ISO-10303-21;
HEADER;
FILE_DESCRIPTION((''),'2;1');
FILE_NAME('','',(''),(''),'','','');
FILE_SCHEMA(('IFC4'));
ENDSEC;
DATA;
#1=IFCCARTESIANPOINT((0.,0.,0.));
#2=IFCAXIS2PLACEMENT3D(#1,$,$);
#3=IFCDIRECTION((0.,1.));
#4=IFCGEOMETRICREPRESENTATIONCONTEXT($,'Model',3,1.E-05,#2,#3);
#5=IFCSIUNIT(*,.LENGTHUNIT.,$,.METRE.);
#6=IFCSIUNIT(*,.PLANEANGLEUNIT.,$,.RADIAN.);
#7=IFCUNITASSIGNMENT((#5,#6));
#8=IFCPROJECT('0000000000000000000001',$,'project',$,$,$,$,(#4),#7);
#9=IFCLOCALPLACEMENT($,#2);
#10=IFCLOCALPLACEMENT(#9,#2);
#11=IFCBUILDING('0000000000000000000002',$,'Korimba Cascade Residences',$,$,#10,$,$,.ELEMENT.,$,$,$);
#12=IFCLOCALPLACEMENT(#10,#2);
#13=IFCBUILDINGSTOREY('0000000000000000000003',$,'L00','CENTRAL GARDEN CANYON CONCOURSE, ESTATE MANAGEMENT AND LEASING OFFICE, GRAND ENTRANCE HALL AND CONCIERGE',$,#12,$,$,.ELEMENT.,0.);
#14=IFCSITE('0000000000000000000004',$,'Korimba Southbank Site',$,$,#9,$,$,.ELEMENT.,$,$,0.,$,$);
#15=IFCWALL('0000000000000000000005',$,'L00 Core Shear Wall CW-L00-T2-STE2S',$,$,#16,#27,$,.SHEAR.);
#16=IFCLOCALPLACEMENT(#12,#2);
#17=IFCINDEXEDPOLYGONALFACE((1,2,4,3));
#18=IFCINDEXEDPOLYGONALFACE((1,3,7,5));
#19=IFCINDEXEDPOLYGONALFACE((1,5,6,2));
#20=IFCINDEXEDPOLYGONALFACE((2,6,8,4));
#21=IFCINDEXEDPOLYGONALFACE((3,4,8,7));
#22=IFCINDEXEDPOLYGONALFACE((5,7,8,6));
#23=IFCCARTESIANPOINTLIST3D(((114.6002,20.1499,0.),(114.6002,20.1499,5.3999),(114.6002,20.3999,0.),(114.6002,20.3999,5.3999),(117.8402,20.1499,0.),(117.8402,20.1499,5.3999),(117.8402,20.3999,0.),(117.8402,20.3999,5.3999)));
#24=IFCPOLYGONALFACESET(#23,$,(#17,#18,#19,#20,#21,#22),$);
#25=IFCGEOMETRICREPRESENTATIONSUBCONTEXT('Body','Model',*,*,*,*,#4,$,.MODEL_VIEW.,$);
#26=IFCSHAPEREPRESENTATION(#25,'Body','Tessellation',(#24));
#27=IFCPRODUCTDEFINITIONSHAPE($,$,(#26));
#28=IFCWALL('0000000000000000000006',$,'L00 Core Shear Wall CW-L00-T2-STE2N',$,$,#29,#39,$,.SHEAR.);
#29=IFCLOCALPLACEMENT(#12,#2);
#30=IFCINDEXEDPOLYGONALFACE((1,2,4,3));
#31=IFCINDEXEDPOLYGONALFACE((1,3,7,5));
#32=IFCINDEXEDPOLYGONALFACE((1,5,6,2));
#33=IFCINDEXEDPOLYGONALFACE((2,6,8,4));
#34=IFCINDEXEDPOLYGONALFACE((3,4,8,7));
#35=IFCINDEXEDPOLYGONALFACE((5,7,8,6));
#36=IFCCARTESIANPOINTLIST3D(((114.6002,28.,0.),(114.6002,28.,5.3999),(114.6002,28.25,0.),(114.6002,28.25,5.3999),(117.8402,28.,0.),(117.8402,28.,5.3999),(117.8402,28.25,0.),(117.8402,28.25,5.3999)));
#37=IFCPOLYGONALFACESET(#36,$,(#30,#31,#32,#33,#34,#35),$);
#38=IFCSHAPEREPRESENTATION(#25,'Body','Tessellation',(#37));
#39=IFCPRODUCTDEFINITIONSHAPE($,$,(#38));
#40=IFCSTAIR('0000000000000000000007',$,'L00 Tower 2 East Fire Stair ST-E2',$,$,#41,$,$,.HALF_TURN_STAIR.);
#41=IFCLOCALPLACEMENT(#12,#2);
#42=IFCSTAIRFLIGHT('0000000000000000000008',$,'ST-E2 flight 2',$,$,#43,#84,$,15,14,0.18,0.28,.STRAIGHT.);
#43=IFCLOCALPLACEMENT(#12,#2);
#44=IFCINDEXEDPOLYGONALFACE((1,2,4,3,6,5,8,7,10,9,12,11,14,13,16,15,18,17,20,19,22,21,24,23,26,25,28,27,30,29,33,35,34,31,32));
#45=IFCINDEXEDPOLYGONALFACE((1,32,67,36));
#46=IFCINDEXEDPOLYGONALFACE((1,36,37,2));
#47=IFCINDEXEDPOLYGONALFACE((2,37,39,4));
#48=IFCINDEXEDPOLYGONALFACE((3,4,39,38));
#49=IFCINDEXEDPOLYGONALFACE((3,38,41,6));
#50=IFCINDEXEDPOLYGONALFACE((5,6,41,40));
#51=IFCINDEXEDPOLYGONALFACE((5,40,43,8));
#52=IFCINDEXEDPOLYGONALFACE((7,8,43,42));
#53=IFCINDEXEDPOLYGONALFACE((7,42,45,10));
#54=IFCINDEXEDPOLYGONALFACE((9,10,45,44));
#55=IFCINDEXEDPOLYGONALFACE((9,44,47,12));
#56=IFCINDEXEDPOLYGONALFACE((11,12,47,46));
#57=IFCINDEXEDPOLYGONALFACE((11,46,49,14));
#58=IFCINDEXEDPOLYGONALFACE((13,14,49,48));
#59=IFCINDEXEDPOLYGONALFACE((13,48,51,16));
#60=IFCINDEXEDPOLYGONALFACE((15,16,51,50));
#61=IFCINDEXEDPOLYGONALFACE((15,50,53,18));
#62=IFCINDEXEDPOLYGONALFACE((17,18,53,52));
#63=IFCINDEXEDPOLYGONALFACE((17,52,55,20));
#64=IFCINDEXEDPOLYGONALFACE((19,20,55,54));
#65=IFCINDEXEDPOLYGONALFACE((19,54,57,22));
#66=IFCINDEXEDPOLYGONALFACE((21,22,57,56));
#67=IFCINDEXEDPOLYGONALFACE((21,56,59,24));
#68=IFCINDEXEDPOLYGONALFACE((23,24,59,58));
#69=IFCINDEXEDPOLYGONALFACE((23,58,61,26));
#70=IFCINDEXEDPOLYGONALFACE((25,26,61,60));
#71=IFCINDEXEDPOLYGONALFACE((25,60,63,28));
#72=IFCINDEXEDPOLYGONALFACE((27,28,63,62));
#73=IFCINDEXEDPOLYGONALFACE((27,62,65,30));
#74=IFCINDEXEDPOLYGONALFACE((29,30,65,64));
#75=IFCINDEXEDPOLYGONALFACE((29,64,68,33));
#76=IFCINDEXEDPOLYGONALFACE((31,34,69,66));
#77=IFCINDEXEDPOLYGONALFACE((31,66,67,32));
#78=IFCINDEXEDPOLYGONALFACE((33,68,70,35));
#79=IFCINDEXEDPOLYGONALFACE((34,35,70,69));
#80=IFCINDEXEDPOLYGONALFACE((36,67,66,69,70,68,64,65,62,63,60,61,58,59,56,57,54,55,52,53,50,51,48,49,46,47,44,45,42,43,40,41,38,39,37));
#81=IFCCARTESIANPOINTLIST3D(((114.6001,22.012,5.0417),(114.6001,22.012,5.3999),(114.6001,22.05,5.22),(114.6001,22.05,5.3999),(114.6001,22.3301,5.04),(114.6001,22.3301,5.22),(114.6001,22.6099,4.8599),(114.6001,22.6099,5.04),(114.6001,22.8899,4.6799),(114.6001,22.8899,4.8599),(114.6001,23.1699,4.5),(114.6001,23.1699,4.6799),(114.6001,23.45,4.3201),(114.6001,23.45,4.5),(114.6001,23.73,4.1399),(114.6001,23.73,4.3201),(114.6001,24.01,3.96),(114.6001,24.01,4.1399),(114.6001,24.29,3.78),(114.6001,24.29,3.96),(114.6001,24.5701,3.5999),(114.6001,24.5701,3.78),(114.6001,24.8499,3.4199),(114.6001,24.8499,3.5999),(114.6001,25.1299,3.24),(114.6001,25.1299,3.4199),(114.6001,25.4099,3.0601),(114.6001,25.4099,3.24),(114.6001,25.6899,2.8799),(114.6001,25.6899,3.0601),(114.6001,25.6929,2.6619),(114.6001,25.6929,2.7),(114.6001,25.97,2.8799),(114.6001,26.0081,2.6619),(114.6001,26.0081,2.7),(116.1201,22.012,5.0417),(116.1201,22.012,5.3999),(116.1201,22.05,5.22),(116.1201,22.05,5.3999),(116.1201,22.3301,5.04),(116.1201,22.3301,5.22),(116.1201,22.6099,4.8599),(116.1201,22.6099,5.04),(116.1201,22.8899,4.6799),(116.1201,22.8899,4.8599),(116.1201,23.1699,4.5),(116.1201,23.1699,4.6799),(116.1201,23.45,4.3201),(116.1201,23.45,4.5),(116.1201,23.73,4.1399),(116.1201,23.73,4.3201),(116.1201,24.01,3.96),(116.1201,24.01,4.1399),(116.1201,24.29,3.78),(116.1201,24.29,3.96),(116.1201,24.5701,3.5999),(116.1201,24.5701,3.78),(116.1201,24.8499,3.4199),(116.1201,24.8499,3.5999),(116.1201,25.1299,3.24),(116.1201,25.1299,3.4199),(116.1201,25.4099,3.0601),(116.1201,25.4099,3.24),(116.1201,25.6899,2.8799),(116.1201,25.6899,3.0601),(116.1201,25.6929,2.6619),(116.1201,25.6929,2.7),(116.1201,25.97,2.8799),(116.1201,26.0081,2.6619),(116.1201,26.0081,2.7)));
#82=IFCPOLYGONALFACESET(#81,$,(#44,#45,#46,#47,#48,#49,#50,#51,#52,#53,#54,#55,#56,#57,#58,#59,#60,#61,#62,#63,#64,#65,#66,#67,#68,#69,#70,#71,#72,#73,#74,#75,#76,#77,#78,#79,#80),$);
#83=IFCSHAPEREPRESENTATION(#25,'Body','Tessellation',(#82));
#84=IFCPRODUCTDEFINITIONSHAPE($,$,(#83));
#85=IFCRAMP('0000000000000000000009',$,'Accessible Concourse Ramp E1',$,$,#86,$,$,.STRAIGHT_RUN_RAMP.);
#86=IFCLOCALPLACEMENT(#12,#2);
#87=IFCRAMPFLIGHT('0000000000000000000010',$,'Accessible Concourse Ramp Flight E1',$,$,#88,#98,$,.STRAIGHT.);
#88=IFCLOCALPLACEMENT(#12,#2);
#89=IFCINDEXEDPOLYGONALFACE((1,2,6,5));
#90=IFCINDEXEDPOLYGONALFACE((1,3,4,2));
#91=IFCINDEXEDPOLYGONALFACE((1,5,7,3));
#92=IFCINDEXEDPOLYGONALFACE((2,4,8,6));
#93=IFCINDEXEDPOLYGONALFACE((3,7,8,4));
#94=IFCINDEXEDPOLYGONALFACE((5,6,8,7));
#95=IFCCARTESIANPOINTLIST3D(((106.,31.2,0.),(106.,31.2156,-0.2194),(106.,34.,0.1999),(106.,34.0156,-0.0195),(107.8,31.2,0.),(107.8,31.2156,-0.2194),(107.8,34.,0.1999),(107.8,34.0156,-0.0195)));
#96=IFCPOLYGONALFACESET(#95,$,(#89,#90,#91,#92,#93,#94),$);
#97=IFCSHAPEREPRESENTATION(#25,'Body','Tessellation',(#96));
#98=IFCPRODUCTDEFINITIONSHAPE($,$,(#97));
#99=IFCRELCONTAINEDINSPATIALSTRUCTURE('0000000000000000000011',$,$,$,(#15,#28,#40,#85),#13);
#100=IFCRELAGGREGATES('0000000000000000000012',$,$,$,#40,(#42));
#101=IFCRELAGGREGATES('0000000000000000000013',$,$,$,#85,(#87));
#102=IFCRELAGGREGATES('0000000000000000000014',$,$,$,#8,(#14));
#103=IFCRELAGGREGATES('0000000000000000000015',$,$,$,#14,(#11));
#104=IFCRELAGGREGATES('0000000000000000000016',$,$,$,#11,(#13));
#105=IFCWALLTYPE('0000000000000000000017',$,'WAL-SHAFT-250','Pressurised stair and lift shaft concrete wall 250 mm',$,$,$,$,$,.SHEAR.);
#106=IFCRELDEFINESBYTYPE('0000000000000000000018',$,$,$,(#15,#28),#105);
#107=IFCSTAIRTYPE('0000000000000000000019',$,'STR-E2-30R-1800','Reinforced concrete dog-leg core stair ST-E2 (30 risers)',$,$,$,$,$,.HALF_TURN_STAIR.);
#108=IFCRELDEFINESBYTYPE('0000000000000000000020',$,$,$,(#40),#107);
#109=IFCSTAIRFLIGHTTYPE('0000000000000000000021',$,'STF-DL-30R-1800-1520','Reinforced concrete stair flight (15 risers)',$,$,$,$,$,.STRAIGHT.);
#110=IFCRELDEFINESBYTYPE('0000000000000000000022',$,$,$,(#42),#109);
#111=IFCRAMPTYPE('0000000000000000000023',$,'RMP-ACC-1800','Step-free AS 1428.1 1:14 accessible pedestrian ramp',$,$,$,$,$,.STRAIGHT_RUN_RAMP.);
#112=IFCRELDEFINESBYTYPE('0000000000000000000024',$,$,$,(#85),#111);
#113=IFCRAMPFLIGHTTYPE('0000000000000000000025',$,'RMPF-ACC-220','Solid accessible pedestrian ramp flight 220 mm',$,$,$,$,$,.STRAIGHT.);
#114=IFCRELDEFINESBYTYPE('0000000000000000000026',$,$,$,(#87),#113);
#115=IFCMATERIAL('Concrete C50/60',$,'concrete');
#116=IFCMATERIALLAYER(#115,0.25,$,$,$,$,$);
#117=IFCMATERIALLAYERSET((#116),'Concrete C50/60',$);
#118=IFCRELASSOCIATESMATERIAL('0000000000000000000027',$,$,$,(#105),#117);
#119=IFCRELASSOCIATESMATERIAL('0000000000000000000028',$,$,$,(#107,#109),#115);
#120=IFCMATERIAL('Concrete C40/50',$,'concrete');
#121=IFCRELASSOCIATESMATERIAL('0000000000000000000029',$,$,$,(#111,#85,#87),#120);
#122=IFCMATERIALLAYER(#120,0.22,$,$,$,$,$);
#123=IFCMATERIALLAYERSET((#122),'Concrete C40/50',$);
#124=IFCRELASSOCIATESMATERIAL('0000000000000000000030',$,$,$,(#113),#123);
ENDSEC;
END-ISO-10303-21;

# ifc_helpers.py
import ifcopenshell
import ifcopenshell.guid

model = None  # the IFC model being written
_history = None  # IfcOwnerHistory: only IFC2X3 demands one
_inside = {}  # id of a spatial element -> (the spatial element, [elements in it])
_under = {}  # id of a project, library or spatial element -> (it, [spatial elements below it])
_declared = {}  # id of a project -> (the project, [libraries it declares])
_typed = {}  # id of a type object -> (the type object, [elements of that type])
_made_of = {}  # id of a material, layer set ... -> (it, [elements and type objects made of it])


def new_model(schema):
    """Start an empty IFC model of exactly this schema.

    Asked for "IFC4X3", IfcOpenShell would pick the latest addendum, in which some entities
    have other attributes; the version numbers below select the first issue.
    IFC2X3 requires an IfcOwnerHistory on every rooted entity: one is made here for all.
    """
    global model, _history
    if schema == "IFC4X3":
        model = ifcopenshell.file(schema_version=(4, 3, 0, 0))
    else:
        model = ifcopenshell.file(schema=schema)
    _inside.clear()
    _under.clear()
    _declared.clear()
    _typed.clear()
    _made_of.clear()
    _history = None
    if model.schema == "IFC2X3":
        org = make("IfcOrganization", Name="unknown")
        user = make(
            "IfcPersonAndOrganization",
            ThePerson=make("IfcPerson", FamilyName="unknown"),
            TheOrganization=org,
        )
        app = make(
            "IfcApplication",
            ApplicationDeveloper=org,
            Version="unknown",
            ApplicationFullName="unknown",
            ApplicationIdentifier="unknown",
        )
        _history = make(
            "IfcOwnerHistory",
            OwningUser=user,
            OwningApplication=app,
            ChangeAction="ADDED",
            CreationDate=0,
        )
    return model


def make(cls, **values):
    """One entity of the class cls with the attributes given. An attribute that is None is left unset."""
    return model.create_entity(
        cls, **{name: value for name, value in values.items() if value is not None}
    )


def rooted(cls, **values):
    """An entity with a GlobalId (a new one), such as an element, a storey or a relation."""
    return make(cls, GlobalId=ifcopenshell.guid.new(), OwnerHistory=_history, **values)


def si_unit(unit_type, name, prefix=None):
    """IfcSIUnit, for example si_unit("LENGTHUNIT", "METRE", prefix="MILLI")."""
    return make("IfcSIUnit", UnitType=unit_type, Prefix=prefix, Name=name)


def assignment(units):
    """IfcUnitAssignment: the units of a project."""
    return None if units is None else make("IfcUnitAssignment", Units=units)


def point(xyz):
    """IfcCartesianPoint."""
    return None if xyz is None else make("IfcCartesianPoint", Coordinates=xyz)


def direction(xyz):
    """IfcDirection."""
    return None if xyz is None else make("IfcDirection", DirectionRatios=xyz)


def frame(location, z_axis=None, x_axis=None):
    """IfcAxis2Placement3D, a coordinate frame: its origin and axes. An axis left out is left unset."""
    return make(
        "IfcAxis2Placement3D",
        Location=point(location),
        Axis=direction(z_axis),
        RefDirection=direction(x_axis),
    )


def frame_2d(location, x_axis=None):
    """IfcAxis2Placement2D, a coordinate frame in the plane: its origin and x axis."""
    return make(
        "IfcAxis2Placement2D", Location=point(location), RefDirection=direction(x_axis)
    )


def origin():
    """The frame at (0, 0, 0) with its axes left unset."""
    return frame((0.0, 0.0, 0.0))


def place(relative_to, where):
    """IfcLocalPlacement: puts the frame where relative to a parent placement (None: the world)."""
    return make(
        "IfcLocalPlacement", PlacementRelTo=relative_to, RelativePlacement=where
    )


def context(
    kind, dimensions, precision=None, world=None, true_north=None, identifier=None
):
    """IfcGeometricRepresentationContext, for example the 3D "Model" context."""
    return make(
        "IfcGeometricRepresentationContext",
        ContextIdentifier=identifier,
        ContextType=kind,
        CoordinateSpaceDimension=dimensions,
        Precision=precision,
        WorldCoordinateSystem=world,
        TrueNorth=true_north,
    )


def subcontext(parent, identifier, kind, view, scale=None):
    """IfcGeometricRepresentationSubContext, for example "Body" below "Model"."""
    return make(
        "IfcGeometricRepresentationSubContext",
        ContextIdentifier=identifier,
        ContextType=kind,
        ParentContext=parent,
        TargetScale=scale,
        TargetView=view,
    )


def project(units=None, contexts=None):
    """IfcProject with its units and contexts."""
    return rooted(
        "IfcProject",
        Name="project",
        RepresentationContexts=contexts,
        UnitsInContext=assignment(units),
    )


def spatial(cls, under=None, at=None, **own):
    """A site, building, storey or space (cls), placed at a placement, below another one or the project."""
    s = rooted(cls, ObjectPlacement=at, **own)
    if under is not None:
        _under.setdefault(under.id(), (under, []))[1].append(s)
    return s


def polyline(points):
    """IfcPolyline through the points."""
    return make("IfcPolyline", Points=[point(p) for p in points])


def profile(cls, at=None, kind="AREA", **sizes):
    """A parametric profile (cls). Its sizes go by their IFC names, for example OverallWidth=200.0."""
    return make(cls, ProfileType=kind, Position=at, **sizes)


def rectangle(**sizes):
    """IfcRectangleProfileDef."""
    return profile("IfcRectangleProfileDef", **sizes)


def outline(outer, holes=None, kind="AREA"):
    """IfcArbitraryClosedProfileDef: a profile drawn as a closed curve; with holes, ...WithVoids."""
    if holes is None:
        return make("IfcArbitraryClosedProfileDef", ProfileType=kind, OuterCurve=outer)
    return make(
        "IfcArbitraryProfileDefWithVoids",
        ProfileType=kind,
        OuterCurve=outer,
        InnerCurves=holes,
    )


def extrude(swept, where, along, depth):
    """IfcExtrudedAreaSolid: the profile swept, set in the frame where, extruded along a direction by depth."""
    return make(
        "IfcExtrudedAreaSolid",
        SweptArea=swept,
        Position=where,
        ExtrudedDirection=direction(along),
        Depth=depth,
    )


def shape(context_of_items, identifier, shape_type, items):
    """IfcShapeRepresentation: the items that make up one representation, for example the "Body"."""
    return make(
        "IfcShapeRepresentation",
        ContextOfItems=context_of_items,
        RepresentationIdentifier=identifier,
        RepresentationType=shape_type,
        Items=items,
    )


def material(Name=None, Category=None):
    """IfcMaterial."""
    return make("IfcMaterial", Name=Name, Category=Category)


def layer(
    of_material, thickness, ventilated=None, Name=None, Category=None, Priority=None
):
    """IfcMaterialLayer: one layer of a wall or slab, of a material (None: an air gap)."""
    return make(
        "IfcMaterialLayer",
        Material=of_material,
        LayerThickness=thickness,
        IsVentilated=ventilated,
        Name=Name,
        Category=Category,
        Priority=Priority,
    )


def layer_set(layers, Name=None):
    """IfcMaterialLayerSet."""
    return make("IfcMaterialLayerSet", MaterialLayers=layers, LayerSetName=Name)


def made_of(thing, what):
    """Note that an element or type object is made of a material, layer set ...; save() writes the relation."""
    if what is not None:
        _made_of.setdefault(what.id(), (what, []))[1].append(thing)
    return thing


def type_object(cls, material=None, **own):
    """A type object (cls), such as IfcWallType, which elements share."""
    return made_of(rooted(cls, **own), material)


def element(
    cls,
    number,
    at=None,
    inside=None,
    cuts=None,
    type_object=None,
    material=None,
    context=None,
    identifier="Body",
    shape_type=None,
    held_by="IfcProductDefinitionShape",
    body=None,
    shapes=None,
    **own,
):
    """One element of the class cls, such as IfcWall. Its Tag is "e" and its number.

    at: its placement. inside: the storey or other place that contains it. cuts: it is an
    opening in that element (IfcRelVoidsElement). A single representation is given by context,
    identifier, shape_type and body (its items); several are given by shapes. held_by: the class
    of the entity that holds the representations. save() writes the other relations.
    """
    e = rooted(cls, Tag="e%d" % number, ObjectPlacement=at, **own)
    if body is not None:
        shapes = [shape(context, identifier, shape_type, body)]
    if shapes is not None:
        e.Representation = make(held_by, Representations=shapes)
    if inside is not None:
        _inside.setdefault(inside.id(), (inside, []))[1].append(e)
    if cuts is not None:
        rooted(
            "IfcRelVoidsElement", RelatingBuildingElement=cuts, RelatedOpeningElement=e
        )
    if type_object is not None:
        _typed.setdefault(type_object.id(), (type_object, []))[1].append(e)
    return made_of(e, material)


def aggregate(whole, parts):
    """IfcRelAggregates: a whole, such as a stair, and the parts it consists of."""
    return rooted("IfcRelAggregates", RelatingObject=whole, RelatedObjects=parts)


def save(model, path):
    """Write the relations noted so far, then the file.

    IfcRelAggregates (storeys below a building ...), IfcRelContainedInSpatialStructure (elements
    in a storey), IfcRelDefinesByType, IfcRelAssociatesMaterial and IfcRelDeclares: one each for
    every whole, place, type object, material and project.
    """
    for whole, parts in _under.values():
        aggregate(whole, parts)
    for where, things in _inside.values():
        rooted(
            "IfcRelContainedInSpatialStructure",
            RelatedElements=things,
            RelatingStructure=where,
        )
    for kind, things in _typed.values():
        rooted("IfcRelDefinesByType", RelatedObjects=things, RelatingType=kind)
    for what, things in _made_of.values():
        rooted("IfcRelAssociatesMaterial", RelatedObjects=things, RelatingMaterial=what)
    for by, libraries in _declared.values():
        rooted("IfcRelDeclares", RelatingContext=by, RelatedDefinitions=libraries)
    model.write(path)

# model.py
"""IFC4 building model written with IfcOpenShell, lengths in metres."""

from ifc_helpers import new_model, si_unit, direction, frame, frame_2d, origin, place, context, subcontext, project, spatial, polyline, rectangle, outline, extrude, material, layer, layer_set, type_object, element, aggregate, save


model = new_model("IFC4")

# Units and contexts
model_context = context("Model", 3, precision=1e-05, world=origin(), true_north=direction((0.0, 1.0)))
body_context = subcontext(model_context, "Body", "Model", "MODEL_VIEW")
ifc_project = project(units=[si_unit("LENGTHUNIT", "METRE"), si_unit("PLANEANGLEUNIT", "RADIAN")], contexts=[model_context])

# Site, building, storey
site_placement = place(None, origin())
site = spatial("IfcSite", under=ifc_project, at=site_placement, Name="Korimba Southbank Site", CompositionType="ELEMENT", RefElevation=0.0)
building_placement = place(site_placement, origin())
building = spatial("IfcBuilding", under=site, at=building_placement, Name="Korimba Cascade Residences", CompositionType="ELEMENT")
storey_placement = place(building_placement, origin())
storey = spatial("IfcBuildingStorey", under=building, at=storey_placement, Name="L00", Description="CENTRAL GARDEN CANYON CONCOURSE, ESTATE MANAGEMENT AND LEASING OFFICE, GRAND ENTRANCE HALL AND CONCIERGE", CompositionType="ELEMENT", Elevation=0.0)

# Shared definitions
ifc_material_1 = material(Name="Concrete C40/50", Category="concrete")
ifc_material_2 = material(Name="Concrete C50/60", Category="concrete")
ifc_layer_1 = layer(ifc_material_2, 0.25)
ifc_layer_set_1 = layer_set([ifc_layer_1], Name="Concrete C50/60")
wall_type_1 = type_object("IfcWallType", Name="WAL-SHAFT-250", Description="Pressurised stair and lift shaft concrete wall 250 mm", PredefinedType="SHEAR", material=ifc_layer_set_1)

# Walls
for number, where, z_axis, x_axis, name in (
    (1, (114.6001, 20.2749, 0.0), (0.0, 0.0, 1.0), (1.0, 0.0, 0.0), "L00 Core Shear Wall CW-L00-T2-STE2S"),
    (2, (114.6001, 28.125, 0.0), (0.0, 0.0, 1.0), (1.0, 0.0, 0.0), "L00 Core Shear Wall CW-L00-T2-STE2N"),
):
    element("IfcWall", number, at=place(storey_placement, frame(where, z_axis=z_axis, x_axis=x_axis)), inside=storey, type_object=wall_type_1, Name=name, PredefinedType="SHEAR", context=body_context, shape_type="SweptSolid", body=[
        extrude(rectangle(XDim=3.24, YDim=0.25, at=frame_2d((1.6201, 0.0))), origin(), (0.0, 0.0, 1.0), 5.3999),
    ])

# Stair, stair flight
stair_type = type_object("IfcStairType", Name="STR-E2-30R-1800", Description="Reinforced concrete dog-leg core stair ST-E2 (30 risers)", PredefinedType="HALF_TURN_STAIR", material=ifc_material_2)
stair_placement = place(storey_placement, origin())
stair = element("IfcStair", 3, at=stair_placement, inside=storey, type_object=stair_type, Name="L00 Tower 2 East Fire Stair ST-E2", PredefinedType="HALF_TURN_STAIR")
stair_flight_type = type_object("IfcStairFlightType", Name="STF-DL-30R-1800-1520", Description="Reinforced concrete stair flight (15 risers)", PredefinedType="STRAIGHT", material=ifc_material_2)
stair_flight_placement = place(storey_placement, frame((115.3601, 25.97, 2.7), z_axis=(0.0, 0.0, 1.0), x_axis=(0.0, -1.0, 0.0)))
stair_flight = element("IfcStairFlight", 4, at=stair_flight_placement, type_object=stair_flight_type, Name="ST-E2 flight 2", NumberOfRisers=15, NumberOfTreads=14, PredefinedType="STRAIGHT", RiserHeight=0.18, TreadLength=0.28, context=body_context, shape_type="SweptSolid", body=[
    extrude(outline(polyline([(-0.0381, 0.0), (0.0, 0.1799), (0.28, 0.1799), (0.28, 0.3601), (0.5601, 0.3601), (0.5601, 0.54), (0.8401, 0.54), (0.8401, 0.72), (1.1201, 0.72), (1.1201, 0.8999), (1.3999, 0.8999), (1.3999, 1.0801), (1.6799, 1.0801), (1.6799, 1.26), (1.96, 1.26), (1.96, 1.4399), (2.24, 1.4399), (2.24, 1.6201), (2.52, 1.6201), (2.52, 1.8), (2.8, 1.8), (2.8, 1.98), (3.0801, 1.98), (3.0801, 2.1599), (3.3601, 2.1599), (3.3601, 2.3401), (3.6399, 2.3401), (3.6399, 2.52), (3.9199, 2.52), (3.9199, 2.7), (3.958, 2.7), (3.958, 2.3418), (0.2771, 0.0), (0.2771, -0.0381), (-0.0381, -0.0381), (-0.0381, 0.0)])), frame((0.0, 0.76, 0.0), z_axis=(0.0, -1.0, 0.0), x_axis=(1.0, 0.0, 0.0)), (0.0, 0.0, 1.0), 1.52),
])
aggregate(stair, [stair_flight])

# Ramp, ramp flight
ramp_type = type_object("IfcRampType", Name="RMP-ACC-1800", Description="Step-free AS 1428.1 1:14 accessible pedestrian ramp", PredefinedType="STRAIGHT_RUN_RAMP", material=ifc_material_1)
ramp_placement = place(storey_placement, origin())
ramp = element("IfcRamp", 5, at=ramp_placement, inside=storey, type_object=ramp_type, material=ifc_material_1, Name="Accessible Concourse Ramp E1", PredefinedType="STRAIGHT_RUN_RAMP")
ifc_layer_2 = layer(ifc_material_1, 0.22)
ifc_layer_set_2 = layer_set([ifc_layer_2], Name="Concrete C40/50")
ramp_flight_type = type_object("IfcRampFlightType", Name="RMPF-ACC-220", Description="Solid accessible pedestrian ramp flight 220 mm", PredefinedType="STRAIGHT", material=ifc_layer_set_2)
ramp_flight_placement = place(storey_placement, frame((106.0, 31.2, 0.0), z_axis=(0.0, -0.071229, 0.99746), x_axis=(1.0, 0.0, 0.0)))
ramp_flight = element("IfcRampFlight", 6, at=ramp_flight_placement, type_object=ramp_flight_type, material=ifc_material_1, Name="Accessible Concourse Ramp Flight E1", PredefinedType="STRAIGHT", context=body_context, shape_type="SweptSolid", body=[
    extrude(outline(polyline([(0.0, 0.0), (1.8, 0.0), (1.8, 2.8071), (0.0, 2.8071), (0.0, 0.0)])), origin(), (0.0, 0.0, -1.0), 0.22),
])
aggregate(ramp, [ramp_flight])

save(model, "model.ifc")
